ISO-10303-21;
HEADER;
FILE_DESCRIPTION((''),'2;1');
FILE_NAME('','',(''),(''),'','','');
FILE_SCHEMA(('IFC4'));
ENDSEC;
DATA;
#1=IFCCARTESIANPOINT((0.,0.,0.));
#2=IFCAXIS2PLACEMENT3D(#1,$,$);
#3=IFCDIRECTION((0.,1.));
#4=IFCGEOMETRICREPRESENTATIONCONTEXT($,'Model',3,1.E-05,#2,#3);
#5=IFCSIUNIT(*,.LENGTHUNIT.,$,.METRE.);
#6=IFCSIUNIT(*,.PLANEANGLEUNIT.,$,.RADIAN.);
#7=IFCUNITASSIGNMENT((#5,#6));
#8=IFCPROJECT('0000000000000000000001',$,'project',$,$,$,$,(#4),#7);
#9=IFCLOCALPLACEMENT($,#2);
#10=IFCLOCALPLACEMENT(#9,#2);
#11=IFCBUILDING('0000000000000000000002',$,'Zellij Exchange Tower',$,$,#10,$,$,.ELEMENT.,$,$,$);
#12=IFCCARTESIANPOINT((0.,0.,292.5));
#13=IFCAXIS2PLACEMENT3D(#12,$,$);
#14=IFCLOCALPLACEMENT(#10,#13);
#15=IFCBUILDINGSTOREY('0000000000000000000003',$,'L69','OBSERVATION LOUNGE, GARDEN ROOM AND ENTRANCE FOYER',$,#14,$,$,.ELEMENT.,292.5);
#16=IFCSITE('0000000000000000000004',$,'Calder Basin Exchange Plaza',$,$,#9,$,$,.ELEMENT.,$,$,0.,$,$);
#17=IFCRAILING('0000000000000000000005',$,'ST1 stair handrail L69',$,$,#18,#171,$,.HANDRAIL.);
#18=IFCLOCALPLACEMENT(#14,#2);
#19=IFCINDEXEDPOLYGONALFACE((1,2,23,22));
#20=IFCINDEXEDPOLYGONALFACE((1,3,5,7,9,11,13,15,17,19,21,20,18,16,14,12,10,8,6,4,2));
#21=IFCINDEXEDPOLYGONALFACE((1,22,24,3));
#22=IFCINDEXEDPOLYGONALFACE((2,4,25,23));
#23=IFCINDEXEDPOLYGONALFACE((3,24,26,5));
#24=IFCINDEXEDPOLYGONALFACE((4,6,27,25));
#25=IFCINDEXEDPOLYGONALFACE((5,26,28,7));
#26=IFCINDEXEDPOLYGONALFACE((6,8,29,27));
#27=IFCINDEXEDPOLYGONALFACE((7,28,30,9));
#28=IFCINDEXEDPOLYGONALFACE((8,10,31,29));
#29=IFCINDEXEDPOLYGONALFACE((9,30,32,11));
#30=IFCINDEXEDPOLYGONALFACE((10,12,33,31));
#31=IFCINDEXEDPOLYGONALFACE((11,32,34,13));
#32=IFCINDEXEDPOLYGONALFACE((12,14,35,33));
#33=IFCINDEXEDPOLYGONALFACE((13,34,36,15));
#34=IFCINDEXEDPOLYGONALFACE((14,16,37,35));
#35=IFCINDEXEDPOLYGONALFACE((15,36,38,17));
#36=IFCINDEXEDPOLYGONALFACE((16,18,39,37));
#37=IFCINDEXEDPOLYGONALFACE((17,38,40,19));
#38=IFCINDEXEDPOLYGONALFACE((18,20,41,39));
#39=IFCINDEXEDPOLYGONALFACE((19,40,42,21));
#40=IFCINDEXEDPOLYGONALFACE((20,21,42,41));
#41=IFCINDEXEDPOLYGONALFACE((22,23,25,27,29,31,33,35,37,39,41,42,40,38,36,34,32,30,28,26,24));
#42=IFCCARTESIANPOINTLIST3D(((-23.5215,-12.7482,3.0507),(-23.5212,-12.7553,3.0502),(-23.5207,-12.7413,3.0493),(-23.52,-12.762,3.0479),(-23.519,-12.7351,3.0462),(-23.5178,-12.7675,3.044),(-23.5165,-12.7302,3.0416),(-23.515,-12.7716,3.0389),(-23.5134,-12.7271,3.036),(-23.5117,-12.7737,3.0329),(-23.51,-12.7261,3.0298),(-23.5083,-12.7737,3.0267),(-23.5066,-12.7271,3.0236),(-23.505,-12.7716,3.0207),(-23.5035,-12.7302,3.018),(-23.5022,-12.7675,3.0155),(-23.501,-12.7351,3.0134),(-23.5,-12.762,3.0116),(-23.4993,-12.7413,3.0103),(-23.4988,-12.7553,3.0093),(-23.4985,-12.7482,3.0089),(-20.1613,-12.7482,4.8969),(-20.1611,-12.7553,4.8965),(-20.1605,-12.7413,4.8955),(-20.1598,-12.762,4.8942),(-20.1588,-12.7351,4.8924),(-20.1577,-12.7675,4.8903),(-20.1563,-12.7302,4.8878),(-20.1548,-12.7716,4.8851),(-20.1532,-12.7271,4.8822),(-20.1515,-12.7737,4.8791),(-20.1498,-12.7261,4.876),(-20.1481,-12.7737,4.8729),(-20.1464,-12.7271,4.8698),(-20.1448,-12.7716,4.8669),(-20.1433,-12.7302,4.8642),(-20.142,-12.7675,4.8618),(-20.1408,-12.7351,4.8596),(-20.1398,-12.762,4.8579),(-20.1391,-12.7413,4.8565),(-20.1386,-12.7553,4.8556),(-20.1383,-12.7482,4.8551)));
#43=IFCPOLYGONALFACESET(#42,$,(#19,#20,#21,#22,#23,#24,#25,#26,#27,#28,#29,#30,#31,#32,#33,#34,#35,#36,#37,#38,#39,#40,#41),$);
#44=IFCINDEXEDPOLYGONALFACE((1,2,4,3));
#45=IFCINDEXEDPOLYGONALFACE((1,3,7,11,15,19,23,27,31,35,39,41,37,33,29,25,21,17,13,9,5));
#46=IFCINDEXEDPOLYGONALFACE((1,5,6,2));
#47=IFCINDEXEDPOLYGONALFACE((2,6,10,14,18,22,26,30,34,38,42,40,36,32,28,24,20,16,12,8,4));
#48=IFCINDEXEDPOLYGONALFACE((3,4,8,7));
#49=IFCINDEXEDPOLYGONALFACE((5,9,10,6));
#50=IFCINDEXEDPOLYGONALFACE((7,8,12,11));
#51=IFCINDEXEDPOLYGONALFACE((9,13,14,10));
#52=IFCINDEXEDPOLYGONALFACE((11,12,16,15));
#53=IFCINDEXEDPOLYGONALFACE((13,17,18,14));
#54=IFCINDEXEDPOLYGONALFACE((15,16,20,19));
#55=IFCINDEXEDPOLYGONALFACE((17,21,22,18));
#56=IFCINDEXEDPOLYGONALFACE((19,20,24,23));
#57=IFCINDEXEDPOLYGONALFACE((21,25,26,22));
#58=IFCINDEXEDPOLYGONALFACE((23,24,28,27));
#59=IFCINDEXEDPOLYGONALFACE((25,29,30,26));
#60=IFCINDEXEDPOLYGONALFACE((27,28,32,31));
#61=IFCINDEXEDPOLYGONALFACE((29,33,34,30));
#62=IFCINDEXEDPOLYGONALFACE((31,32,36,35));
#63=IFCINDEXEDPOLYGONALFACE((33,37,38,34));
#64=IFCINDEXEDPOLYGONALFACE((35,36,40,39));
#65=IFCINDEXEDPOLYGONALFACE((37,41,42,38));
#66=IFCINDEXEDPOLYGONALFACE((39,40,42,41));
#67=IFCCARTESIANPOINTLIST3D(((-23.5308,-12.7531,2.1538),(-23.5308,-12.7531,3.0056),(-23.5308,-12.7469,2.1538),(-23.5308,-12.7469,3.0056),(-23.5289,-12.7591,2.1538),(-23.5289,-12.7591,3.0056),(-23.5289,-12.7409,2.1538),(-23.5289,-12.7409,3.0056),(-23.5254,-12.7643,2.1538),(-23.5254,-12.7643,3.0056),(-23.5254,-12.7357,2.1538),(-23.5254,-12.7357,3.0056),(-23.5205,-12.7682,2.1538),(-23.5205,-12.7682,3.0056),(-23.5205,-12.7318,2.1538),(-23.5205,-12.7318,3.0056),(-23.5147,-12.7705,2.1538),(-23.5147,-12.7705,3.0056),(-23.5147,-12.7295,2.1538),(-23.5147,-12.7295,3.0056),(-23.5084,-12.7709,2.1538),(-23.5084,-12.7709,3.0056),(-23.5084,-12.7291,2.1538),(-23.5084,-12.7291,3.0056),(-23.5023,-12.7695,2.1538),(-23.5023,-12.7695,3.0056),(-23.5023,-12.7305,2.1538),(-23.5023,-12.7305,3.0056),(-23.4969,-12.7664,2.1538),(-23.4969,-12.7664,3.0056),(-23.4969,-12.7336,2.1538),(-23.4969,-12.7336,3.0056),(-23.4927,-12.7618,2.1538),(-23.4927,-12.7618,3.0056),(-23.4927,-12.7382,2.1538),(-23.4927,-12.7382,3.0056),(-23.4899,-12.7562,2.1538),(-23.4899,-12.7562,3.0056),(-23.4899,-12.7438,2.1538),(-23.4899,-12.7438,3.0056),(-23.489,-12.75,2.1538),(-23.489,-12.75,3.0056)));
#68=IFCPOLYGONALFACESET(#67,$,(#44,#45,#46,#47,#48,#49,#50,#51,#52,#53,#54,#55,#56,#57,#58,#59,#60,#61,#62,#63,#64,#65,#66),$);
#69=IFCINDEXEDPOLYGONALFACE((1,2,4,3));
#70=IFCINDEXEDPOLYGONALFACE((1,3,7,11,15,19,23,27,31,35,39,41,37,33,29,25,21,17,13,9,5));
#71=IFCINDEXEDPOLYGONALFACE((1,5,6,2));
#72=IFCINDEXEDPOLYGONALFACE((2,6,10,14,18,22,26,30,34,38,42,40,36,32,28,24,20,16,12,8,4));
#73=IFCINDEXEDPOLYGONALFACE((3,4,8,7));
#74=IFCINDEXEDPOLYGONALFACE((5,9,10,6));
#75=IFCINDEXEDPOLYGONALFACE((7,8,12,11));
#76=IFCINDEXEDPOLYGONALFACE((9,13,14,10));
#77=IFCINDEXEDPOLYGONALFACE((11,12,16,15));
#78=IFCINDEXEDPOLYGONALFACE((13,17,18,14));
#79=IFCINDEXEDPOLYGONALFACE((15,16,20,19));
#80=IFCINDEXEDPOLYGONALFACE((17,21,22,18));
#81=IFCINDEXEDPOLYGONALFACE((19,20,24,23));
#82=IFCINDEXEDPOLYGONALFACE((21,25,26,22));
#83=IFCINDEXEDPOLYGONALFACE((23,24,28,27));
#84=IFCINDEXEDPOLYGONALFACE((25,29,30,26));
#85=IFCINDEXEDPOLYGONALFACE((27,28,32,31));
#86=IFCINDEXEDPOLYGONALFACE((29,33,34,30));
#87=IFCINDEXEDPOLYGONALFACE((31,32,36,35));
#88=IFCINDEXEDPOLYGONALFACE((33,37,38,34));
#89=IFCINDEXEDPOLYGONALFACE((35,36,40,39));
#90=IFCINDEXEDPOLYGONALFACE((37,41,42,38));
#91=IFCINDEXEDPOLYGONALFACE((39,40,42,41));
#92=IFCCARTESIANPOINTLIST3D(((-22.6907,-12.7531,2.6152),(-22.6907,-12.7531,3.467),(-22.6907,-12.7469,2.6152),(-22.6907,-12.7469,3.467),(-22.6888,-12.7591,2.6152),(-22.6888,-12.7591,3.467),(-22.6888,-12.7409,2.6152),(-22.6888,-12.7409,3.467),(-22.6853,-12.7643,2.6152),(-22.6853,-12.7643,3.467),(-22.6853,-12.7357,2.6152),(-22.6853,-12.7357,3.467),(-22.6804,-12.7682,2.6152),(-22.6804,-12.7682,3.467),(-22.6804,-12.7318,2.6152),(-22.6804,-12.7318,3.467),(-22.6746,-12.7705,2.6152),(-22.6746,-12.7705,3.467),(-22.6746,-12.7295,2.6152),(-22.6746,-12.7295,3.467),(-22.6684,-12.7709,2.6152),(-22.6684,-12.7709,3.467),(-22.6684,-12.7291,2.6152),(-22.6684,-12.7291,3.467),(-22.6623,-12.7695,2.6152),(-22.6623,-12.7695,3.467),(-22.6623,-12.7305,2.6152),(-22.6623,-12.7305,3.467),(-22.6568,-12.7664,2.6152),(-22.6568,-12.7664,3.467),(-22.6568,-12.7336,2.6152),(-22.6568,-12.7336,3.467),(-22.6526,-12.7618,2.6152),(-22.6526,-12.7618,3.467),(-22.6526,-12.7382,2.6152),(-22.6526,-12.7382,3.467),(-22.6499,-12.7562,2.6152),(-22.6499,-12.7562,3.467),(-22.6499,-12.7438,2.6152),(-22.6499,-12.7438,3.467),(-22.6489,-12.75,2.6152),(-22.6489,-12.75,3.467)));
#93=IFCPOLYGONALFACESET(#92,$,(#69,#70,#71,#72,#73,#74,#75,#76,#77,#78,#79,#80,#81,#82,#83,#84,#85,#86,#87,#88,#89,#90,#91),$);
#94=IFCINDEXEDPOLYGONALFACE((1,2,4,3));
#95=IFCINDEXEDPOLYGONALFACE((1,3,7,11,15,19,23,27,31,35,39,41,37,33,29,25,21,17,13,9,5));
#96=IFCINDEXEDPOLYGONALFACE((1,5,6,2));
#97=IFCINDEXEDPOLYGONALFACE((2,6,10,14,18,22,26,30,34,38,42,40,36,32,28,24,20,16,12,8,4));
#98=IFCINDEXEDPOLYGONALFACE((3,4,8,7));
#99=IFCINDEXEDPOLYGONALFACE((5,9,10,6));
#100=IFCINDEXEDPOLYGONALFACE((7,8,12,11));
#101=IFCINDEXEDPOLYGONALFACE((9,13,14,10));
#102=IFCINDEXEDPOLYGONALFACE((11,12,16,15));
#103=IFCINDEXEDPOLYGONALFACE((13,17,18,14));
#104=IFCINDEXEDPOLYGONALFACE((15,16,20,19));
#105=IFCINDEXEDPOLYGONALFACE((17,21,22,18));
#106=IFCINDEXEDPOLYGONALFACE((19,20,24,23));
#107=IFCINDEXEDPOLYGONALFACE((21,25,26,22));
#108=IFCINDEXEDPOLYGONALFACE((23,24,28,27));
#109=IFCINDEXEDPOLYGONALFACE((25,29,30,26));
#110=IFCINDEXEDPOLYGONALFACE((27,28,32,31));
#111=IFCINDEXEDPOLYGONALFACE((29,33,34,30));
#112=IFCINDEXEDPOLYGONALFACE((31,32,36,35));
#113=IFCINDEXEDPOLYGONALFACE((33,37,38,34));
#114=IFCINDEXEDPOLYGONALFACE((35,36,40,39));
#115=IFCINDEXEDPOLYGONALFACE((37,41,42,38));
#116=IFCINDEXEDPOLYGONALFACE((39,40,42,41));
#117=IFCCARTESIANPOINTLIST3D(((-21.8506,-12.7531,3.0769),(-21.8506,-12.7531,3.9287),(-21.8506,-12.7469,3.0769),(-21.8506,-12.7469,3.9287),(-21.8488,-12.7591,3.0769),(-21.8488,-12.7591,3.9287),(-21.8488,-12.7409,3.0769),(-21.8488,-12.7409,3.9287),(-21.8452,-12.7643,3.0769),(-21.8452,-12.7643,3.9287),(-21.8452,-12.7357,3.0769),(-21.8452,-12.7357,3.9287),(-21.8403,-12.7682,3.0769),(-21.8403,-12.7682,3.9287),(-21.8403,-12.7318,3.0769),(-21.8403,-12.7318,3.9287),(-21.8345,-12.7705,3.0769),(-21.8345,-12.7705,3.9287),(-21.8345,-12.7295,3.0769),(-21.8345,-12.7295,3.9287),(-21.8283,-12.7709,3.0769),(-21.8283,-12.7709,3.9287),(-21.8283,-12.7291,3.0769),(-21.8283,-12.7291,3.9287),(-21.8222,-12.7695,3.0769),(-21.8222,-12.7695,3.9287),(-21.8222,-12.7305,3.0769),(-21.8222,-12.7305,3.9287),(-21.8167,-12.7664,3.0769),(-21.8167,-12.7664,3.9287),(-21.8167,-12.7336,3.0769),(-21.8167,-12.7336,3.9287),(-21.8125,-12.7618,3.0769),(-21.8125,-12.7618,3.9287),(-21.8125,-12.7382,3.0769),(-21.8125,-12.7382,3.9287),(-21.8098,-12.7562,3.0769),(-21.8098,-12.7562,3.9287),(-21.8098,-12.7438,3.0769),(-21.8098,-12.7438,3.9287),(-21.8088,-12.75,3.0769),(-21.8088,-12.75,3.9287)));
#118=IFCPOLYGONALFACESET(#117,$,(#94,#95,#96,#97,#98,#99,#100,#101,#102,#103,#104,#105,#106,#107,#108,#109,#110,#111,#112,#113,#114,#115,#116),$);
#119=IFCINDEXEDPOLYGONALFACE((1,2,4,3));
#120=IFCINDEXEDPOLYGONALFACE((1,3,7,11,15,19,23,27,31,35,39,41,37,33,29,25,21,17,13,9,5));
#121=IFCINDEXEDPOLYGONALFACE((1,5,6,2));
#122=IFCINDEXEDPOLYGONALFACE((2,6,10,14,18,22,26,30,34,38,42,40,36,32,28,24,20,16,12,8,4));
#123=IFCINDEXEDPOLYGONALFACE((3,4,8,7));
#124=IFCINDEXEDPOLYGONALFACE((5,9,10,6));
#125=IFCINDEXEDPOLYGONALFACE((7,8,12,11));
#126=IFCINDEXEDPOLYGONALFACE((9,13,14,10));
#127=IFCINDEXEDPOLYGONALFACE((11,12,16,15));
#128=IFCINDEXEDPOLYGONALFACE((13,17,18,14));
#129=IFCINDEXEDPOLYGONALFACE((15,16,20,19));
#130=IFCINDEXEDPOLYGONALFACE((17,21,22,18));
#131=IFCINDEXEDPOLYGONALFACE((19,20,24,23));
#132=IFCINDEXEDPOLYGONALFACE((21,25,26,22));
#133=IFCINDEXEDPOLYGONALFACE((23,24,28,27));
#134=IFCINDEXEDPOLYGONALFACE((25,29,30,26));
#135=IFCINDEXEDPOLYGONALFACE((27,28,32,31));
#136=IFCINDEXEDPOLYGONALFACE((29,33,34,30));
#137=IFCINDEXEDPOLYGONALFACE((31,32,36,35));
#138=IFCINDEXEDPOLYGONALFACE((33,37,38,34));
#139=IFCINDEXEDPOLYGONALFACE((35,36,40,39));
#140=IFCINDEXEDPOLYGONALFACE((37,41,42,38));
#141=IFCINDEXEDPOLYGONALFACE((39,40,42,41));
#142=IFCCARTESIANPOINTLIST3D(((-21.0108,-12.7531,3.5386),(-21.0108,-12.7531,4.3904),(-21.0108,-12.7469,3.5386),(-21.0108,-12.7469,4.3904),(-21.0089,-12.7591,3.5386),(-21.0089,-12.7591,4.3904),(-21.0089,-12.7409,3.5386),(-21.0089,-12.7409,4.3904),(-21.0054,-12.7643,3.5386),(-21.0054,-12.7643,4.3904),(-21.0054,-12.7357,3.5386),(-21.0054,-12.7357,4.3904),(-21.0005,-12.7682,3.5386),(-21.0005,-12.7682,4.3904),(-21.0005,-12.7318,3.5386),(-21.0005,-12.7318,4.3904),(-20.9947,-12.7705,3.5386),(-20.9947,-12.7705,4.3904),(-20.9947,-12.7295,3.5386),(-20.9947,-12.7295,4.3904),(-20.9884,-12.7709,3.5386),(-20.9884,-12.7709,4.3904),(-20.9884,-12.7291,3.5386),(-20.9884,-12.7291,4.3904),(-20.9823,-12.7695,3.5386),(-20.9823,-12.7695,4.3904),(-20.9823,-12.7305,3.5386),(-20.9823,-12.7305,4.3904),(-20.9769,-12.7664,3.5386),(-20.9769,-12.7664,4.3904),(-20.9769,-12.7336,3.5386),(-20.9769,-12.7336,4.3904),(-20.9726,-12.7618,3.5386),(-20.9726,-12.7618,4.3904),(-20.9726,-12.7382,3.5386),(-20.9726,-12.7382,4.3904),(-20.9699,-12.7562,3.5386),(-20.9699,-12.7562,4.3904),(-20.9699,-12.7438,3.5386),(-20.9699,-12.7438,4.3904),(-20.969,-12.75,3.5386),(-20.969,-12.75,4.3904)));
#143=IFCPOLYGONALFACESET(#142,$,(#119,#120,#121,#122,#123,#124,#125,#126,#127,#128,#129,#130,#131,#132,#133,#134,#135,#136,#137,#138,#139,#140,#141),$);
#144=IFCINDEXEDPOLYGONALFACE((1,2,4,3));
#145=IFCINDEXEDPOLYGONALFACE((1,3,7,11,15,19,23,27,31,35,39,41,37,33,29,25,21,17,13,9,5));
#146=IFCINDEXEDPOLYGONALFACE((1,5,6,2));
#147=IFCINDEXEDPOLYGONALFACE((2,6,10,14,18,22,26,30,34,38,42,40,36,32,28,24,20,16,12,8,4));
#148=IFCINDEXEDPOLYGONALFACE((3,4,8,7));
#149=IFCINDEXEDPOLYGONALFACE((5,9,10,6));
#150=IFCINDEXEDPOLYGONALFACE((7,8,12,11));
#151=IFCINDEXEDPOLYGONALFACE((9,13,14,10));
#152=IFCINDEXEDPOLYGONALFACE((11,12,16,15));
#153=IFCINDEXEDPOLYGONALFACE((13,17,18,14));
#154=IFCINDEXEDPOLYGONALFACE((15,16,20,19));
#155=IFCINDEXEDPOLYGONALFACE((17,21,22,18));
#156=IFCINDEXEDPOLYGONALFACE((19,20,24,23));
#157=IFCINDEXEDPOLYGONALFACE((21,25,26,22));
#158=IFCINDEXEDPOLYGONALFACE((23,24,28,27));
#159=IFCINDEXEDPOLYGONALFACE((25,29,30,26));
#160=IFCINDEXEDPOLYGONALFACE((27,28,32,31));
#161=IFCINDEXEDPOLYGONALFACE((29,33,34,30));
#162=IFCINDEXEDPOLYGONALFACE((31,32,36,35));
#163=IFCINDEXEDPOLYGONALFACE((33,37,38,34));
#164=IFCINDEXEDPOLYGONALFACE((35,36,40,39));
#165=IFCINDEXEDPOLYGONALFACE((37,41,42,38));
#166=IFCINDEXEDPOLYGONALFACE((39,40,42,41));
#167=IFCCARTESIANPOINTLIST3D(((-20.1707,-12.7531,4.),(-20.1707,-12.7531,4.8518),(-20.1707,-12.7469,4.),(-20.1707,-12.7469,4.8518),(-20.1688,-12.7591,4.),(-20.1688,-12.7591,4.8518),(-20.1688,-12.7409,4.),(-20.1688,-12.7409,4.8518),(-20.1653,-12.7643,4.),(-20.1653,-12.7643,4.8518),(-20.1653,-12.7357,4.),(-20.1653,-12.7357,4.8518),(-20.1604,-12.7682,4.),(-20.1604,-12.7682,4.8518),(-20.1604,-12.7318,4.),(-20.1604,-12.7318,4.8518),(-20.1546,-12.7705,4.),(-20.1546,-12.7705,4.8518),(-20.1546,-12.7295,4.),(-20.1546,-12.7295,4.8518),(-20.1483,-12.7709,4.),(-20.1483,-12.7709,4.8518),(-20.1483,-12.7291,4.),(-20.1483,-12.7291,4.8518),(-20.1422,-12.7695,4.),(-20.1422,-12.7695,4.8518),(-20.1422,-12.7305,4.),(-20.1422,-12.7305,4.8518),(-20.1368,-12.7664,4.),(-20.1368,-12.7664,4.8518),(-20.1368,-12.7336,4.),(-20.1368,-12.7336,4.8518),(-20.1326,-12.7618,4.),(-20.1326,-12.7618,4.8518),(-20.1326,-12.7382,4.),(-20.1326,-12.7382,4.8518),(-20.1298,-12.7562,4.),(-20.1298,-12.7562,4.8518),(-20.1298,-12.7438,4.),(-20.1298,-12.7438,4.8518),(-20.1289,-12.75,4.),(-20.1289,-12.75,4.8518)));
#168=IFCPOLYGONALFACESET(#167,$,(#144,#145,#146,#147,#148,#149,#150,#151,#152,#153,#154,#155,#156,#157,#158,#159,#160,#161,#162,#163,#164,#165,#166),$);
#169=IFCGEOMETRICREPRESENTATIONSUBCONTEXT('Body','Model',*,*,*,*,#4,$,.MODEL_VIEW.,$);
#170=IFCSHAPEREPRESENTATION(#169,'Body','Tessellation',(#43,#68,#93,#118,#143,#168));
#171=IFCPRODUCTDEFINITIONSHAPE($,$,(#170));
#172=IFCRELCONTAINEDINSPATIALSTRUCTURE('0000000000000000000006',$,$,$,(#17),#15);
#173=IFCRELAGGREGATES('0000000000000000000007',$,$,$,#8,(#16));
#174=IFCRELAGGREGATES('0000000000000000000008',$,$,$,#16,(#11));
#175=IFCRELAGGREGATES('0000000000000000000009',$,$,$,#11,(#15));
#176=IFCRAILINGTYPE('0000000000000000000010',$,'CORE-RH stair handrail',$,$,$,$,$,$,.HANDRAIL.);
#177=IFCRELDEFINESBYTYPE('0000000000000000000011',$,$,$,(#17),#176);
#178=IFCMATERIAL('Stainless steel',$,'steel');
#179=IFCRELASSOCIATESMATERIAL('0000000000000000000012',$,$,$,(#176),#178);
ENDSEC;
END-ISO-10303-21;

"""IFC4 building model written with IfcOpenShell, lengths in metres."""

from ifc_helpers import new_model, si_unit, direction, frame, origin, origin_2d, place, context, subcontext, project, spatial, circle, extrude, material, type_object, element, save


model = new_model("IFC4")

# Units and contexts
model_context = context("Model", 3, precision=1e-05, world=origin(), true_north=direction((0.0, 1.0)))
body_context = subcontext(model_context, "Body", "Model", "MODEL_VIEW")
ifc_project = project(units=[si_unit("LENGTHUNIT", "METRE"), si_unit("PLANEANGLEUNIT", "RADIAN")], contexts=[model_context])

# Site, building, storey
site_placement = place(None, origin())
site = spatial("IfcSite", under=ifc_project, at=site_placement, Name="Calder Basin Exchange Plaza", CompositionType="ELEMENT", RefElevation=0.0)
building_placement = place(site_placement, origin())
building = spatial("IfcBuilding", under=site, at=building_placement, Name="Zellij Exchange Tower", CompositionType="ELEMENT")
storey_placement = place(building_placement, frame((0.0, 0.0, 292.5)))
storey = spatial("IfcBuildingStorey", under=building, at=storey_placement, Name="L69", Description="OBSERVATION LOUNGE, GARDEN ROOM AND ENTRANCE FOYER", CompositionType="ELEMENT", Elevation=292.5)

# Railing
ifc_material_1 = material(Name="Stainless steel", Category="steel")
railing_type_1 = type_object("IfcRailingType", Name="CORE-RH stair handrail", PredefinedType="HANDRAIL", material=ifc_material_1)
railing_1_placement = place(storey_placement, frame((-23.51, -12.75, 2.1538)))
element("IfcRailing", 1, at=railing_1_placement, inside=storey, type_object=railing_type_1, Name="ST1 stair handrail L69", PredefinedType="HANDRAIL", context=body_context, shape_type="SweptSolid", body=[
    extrude(circle(Radius=0.0239, at=origin_2d()), frame((0.0, 0.0, 0.876), z_axis=(0.876422, 0.0, 0.481545), x_axis=(0.0, 1.0, 0.0)), (0.0, 0.0, 1.0), 3.834),
    extrude(circle(Radius=0.021, at=origin_2d()), origin(), (0.0, 0.0, 1.0), 0.8518),
    extrude(circle(Radius=0.021, at=origin_2d()), frame((0.8401, 0.0, 0.4614)), (0.0, 0.0, 1.0), 0.8518),
    extrude(circle(Radius=0.021, at=origin_2d()), frame((1.6802, 0.0, 0.9231)), (0.0, 0.0, 1.0), 0.8518),
    extrude(circle(Radius=0.021, at=origin_2d()), frame((2.52, 0.0, 1.3848)), (0.0, 0.0, 1.0), 0.8518),
    extrude(circle(Radius=0.021, at=origin_2d()), frame((3.3601, 0.0, 1.8462)), (0.0, 0.0, 1.0), 0.8518),
])

save(model, "model.ifc")
